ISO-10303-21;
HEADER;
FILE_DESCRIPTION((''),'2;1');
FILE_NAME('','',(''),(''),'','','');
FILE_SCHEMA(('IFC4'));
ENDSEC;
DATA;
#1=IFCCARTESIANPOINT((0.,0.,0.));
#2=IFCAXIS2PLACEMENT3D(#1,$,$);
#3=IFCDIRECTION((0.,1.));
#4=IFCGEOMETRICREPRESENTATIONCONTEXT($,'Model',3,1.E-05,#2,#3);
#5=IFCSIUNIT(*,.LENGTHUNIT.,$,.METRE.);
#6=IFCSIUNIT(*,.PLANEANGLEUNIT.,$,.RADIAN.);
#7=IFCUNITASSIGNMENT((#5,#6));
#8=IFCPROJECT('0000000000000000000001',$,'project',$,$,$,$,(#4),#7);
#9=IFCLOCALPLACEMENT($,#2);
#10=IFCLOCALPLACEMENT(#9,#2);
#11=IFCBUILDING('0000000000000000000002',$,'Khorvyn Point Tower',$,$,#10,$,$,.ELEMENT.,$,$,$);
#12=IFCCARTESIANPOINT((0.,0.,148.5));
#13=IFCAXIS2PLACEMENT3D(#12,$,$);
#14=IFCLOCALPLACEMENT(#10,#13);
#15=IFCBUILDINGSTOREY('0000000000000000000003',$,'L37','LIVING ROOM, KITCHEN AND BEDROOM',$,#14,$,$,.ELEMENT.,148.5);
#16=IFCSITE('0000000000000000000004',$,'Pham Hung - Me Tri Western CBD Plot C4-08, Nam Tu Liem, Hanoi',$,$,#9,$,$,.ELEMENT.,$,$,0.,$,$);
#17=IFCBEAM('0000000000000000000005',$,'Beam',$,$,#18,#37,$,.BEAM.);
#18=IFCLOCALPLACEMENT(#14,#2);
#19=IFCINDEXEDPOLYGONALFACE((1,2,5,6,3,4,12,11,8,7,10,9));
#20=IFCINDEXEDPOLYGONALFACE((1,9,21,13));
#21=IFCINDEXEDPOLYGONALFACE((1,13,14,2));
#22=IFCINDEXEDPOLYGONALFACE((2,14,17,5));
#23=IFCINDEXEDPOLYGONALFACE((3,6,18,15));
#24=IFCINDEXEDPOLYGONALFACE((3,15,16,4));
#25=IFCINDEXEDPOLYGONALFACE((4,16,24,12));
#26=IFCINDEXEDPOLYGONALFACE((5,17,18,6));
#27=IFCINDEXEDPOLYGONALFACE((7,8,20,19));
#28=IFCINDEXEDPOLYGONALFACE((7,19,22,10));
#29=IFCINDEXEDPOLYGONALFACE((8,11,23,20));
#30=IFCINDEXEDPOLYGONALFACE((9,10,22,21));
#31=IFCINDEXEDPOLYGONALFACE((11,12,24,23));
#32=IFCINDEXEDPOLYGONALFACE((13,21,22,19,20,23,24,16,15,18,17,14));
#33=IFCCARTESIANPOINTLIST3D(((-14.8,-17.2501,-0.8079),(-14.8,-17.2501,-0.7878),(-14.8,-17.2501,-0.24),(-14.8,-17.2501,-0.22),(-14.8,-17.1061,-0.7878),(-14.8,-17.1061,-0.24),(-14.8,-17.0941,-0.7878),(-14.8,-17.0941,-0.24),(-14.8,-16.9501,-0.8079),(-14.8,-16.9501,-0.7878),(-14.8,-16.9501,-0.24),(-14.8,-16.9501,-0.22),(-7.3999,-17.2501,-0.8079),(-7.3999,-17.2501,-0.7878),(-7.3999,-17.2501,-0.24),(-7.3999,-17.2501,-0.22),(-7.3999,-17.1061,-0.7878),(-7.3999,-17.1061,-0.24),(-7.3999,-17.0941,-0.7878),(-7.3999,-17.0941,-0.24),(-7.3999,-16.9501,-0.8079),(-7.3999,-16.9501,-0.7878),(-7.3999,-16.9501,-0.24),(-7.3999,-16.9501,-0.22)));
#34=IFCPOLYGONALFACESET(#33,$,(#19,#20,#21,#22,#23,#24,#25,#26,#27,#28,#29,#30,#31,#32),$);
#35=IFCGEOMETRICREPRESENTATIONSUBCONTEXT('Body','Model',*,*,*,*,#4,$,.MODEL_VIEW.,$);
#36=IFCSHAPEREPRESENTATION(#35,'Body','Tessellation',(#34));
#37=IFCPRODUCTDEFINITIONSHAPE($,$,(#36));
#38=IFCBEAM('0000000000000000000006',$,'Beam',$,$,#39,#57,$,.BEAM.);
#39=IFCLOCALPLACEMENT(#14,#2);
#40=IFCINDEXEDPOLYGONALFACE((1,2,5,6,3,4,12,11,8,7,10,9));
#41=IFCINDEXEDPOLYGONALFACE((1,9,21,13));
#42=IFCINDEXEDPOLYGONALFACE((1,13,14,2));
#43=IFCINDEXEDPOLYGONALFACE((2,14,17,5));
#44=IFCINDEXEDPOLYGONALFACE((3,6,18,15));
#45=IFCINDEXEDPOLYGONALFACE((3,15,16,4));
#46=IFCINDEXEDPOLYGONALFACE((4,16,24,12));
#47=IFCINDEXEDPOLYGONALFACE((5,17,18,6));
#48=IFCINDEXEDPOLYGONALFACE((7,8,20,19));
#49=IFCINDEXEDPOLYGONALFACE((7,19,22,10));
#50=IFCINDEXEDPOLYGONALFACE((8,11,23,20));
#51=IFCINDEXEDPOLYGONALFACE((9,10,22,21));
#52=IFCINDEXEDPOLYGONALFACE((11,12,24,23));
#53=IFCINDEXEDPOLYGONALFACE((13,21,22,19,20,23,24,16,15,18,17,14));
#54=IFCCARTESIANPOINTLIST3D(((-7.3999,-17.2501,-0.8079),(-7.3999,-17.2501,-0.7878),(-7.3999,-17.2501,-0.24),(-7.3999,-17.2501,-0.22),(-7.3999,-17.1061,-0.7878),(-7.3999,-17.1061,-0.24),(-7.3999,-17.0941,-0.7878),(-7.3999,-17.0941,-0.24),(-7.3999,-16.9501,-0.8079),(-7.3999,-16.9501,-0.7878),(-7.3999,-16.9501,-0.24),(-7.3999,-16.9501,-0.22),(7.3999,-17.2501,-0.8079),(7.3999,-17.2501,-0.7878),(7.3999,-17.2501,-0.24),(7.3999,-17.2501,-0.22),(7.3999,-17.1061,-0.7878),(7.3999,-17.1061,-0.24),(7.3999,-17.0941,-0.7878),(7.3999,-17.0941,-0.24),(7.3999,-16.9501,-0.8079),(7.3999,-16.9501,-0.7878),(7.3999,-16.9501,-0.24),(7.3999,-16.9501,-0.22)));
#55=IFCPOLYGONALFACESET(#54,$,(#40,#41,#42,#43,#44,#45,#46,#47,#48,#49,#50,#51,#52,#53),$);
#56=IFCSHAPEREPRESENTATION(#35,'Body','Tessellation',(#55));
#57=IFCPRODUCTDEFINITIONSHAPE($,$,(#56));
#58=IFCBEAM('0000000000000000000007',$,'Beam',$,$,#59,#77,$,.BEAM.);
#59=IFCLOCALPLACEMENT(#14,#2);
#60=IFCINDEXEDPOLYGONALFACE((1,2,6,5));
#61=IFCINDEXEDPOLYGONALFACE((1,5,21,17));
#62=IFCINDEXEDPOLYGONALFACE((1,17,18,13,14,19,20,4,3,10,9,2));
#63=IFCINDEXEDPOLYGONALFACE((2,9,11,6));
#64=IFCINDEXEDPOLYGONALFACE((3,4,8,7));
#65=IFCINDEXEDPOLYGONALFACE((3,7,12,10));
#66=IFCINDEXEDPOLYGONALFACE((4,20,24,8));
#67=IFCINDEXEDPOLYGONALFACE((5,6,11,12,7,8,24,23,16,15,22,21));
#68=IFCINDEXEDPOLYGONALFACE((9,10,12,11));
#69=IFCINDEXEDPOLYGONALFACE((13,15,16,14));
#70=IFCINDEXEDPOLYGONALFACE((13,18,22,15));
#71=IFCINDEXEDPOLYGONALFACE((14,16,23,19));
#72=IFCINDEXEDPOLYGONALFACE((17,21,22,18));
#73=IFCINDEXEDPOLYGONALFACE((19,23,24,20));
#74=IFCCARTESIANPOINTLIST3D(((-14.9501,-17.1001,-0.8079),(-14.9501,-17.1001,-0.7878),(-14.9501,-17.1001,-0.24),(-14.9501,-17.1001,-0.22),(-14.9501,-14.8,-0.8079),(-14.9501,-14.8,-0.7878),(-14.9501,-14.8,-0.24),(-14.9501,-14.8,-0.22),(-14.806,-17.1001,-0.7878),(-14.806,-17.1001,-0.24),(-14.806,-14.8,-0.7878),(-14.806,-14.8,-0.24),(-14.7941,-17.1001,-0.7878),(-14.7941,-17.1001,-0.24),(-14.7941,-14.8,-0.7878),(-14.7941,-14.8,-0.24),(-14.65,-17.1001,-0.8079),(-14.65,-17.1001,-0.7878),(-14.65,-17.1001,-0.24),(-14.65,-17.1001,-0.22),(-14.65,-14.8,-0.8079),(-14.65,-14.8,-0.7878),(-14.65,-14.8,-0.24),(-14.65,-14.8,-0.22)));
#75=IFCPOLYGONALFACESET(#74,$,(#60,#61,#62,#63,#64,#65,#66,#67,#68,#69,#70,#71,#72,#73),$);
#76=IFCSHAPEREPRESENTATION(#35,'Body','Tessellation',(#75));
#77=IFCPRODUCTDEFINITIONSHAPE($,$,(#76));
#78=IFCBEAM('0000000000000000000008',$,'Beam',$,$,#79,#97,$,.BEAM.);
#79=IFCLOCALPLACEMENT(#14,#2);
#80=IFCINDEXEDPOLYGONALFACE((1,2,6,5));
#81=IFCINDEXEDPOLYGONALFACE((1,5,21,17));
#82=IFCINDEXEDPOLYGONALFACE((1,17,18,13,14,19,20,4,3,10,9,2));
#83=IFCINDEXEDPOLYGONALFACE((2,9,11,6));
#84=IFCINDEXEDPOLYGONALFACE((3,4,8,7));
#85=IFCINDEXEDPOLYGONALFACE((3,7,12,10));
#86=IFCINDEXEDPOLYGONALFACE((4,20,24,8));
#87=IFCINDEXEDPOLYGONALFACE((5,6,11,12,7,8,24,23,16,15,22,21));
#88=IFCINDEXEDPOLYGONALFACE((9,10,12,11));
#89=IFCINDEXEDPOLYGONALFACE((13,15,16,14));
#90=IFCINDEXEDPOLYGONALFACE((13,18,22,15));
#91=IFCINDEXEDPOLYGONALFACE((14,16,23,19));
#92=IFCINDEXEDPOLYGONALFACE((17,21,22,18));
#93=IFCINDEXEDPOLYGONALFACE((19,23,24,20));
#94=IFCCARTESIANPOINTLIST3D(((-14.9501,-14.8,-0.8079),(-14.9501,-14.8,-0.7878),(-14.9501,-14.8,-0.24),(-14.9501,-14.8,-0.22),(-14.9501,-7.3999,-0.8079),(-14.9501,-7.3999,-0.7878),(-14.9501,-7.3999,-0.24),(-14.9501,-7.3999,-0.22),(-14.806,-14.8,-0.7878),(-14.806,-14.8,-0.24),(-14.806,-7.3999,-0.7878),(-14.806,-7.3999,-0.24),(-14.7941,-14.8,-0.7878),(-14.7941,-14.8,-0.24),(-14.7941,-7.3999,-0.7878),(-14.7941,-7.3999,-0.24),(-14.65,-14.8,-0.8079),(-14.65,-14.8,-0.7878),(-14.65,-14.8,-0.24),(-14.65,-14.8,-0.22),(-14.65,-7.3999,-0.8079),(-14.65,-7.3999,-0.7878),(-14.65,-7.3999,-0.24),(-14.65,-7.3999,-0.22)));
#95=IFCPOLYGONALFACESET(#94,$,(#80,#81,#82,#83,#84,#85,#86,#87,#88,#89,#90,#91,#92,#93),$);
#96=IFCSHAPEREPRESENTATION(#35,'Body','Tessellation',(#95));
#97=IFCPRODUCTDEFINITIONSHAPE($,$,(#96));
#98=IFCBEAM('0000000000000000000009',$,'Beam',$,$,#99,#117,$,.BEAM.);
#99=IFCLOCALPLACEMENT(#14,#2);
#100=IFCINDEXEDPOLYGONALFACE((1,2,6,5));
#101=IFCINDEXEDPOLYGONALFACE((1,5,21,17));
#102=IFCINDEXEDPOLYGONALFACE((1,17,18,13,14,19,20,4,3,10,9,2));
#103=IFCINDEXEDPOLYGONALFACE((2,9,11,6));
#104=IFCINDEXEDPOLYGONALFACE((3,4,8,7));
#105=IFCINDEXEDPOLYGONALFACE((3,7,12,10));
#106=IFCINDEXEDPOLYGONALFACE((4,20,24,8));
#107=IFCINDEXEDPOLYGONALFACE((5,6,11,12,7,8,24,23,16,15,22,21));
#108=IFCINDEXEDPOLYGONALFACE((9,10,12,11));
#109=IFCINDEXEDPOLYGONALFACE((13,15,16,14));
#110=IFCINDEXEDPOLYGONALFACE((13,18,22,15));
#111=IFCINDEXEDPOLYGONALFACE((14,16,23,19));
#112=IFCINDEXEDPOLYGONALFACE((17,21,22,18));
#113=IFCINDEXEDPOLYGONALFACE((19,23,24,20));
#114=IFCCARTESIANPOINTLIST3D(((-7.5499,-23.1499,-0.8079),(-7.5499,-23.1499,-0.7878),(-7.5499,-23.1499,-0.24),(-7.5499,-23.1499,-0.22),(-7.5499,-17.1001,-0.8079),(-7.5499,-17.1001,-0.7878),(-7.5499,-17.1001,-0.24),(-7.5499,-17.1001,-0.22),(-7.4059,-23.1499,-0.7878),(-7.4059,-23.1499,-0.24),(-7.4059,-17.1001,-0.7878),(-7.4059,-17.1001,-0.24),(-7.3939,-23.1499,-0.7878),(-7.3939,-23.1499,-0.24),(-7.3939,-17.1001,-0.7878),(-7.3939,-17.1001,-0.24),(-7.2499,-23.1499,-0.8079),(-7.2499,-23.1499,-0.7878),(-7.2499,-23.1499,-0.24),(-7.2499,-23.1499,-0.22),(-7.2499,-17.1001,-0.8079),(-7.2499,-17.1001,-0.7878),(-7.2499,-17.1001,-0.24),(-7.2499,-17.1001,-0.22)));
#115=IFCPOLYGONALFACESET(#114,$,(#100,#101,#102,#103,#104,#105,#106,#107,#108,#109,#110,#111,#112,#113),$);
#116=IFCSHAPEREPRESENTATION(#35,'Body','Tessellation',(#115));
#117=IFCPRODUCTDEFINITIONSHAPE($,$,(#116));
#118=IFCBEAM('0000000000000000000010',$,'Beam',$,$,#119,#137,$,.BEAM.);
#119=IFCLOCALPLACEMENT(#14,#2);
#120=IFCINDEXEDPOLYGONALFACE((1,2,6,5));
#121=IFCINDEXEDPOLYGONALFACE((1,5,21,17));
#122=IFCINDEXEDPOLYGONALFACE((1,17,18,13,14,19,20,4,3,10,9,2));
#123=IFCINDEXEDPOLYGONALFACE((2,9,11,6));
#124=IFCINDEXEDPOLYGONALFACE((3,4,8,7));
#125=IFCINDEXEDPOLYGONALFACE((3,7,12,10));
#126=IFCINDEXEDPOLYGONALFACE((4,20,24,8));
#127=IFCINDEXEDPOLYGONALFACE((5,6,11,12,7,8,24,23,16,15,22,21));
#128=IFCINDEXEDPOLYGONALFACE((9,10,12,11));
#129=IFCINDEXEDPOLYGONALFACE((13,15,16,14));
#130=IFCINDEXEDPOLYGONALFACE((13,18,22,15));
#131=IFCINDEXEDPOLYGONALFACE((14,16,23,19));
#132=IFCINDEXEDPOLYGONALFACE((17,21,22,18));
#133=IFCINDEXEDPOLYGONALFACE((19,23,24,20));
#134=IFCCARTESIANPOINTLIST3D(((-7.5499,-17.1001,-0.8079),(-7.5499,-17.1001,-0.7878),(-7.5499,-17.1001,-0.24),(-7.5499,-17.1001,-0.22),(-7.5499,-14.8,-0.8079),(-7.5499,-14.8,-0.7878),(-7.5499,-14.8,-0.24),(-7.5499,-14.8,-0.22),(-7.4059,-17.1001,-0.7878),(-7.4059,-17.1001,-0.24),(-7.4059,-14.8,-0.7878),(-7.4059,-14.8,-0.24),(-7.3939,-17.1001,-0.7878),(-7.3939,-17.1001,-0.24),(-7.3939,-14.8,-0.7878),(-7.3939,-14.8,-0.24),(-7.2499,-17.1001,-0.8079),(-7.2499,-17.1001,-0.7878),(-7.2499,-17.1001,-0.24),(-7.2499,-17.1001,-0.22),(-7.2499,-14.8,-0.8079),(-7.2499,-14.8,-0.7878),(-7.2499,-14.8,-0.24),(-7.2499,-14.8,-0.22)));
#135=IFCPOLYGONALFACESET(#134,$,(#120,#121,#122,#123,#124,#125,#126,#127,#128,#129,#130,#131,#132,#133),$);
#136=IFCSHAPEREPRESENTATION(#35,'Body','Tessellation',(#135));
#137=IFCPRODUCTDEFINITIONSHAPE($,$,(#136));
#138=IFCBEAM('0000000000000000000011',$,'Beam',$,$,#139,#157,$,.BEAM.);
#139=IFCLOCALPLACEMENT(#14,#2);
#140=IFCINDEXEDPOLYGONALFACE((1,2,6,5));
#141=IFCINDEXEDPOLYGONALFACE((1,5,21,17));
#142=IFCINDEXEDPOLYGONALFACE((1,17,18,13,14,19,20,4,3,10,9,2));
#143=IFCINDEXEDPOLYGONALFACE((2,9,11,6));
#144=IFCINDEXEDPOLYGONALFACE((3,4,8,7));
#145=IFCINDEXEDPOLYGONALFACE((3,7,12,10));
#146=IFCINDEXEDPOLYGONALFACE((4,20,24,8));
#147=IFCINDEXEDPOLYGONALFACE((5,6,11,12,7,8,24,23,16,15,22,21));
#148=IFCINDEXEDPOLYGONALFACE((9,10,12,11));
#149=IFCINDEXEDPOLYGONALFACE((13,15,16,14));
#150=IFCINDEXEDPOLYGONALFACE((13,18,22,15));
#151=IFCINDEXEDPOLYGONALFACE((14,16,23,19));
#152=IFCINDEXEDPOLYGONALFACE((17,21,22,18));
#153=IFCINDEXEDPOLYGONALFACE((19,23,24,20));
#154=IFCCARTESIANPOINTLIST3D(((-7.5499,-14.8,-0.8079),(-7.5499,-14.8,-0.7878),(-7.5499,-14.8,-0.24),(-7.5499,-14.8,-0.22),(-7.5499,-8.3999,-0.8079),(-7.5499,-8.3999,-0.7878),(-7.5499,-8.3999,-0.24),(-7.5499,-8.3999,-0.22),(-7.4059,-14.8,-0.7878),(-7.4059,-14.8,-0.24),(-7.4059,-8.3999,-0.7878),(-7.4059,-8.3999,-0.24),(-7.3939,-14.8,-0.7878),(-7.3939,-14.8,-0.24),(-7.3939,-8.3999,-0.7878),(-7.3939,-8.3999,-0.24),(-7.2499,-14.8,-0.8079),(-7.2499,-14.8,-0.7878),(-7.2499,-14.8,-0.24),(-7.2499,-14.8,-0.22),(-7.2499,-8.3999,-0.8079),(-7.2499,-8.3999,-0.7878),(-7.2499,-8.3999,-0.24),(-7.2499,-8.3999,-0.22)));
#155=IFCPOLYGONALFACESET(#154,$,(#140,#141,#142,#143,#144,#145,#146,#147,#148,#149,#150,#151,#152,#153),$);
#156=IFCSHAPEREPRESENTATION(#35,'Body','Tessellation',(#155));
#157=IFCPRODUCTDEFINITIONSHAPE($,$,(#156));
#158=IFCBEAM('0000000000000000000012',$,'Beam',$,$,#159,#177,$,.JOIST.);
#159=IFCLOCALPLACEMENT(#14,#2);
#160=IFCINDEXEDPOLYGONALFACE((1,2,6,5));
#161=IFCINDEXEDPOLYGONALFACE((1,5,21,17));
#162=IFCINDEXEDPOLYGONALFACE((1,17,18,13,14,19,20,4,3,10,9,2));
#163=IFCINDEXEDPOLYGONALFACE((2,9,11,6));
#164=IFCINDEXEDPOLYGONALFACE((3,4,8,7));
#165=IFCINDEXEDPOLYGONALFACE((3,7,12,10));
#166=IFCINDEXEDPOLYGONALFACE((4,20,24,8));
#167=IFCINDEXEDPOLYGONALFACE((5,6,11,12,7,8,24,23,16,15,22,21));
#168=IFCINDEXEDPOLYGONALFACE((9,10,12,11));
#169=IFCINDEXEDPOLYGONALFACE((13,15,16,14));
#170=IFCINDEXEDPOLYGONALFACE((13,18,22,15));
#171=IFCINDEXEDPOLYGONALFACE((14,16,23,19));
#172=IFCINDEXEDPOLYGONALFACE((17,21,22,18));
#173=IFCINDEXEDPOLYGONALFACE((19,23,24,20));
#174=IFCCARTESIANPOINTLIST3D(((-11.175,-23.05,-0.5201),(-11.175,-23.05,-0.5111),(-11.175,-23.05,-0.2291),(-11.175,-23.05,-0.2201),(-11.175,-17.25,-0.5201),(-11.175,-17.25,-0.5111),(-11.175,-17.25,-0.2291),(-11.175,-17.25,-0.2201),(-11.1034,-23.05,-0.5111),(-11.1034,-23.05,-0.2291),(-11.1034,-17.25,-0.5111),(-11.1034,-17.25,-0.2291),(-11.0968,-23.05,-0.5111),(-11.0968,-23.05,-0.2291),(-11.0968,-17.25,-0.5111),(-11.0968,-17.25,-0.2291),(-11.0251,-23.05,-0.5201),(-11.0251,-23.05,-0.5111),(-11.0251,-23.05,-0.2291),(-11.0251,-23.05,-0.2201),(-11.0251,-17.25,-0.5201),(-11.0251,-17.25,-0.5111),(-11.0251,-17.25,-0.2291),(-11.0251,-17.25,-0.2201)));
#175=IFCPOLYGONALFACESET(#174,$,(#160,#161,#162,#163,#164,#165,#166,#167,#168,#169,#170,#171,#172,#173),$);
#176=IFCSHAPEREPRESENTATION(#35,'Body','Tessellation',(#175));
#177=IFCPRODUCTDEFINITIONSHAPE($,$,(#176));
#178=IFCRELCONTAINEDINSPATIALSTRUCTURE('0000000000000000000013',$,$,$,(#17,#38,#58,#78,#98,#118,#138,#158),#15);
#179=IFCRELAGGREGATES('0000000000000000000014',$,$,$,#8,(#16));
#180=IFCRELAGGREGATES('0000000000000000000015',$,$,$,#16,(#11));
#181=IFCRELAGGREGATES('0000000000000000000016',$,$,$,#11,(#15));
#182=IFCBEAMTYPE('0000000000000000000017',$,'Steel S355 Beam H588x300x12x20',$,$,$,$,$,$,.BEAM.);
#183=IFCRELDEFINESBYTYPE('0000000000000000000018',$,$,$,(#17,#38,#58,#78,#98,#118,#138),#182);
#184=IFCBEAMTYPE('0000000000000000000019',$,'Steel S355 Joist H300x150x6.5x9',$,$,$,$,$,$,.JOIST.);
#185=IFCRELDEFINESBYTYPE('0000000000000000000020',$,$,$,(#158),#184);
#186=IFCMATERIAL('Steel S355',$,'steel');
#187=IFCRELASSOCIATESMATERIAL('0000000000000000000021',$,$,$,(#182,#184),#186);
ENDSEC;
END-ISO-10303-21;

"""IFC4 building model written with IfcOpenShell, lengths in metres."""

from ifc_helpers import new_model, si_unit, direction, frame, origin, origin_2d, place, context, subcontext, project, spatial, i_section, extrude, material, material_profile, profile_set, type_object, element, save


model = new_model("IFC4")

# Units and contexts
model_context = context("Model", 3, precision=1e-05, world=origin(), true_north=direction((0.0, 1.0)))
body_context = subcontext(model_context, "Body", "Model", "MODEL_VIEW")
ifc_project = project(units=[si_unit("LENGTHUNIT", "METRE"), si_unit("PLANEANGLEUNIT", "RADIAN")], contexts=[model_context])

# Site, building, storey
site_placement = place(None, origin())
site = spatial("IfcSite", under=ifc_project, at=site_placement, Name="Pham Hung - Me Tri Western CBD Plot C4-08, Nam Tu Liem, Hanoi", CompositionType="ELEMENT", RefElevation=0.0)
building_placement = place(site_placement, origin())
building = spatial("IfcBuilding", under=site, at=building_placement, Name="Khorvyn Point Tower", CompositionType="ELEMENT")
storey_placement = place(building_placement, frame((0.0, 0.0, 148.5)))
storey = spatial("IfcBuildingStorey", under=building, at=storey_placement, Name="L37", Description="LIVING ROOM, KITCHEN AND BEDROOM", CompositionType="ELEMENT", Elevation=148.5)

# Beams
ifc_material_1 = material(Name="Steel S355", Category="steel")
ifc_material_profile_1 = material_profile(ifc_material_1, i_section(OverallWidth=0.3, OverallDepth=0.5879, WebThickness=0.012, FlangeThickness=0.02, at=origin_2d()))
ifc_profile_set_1 = profile_set([ifc_material_profile_1], Name="Steel S355 H588x300x12x20")
beam_type_1 = type_object("IfcBeamType", Name="Steel S355 Beam H588x300x12x20", PredefinedType="BEAM", material=ifc_profile_set_1)
beam_1_placement = place(storey_placement, frame((-14.8, -17.1001, -0.5139), z_axis=(1.0, 0.0, 0.0), x_axis=(0.0, 1.0, 0.0)))
element("IfcBeam", 1, at=beam_1_placement, inside=storey, type_object=beam_type_1, Name="Beam", PredefinedType="BEAM", context=body_context, shape_type="SweptSolid", body=[
    extrude(i_section(OverallWidth=0.3, OverallDepth=0.5879, WebThickness=0.012, FlangeThickness=0.02, at=origin_2d()), origin(), (0.0, 0.0, 1.0), 7.4001),
])
beam_2_placement = place(storey_placement, frame((-7.3999, -17.1001, -0.5139), z_axis=(1.0, 0.0, 0.0), x_axis=(0.0, 1.0, 0.0)))
element("IfcBeam", 2, at=beam_2_placement, inside=storey, type_object=beam_type_1, Name="Beam", PredefinedType="BEAM", context=body_context, shape_type="SweptSolid", body=[
    extrude(i_section(OverallWidth=0.3, OverallDepth=0.5879, WebThickness=0.012, FlangeThickness=0.02, at=origin_2d()), origin(), (0.0, 0.0, 1.0), 14.7998),
])
beam_3_placement = place(storey_placement, frame((-14.8, -17.1001, -0.5139), z_axis=(0.0, 1.0, 0.0), x_axis=(-1.0, 0.0, 0.0)))
element("IfcBeam", 3, at=beam_3_placement, inside=storey, type_object=beam_type_1, Name="Beam", PredefinedType="BEAM", context=body_context, shape_type="SweptSolid", body=[
    extrude(i_section(OverallWidth=0.3, OverallDepth=0.5879, WebThickness=0.012, FlangeThickness=0.02, at=origin_2d()), origin(), (0.0, 0.0, 1.0), 2.3),
])
beam_4_placement = place(storey_placement, frame((-14.8, -14.8, -0.5139), z_axis=(0.0, 1.0, 0.0), x_axis=(-1.0, 0.0, 0.0)))
element("IfcBeam", 4, at=beam_4_placement, inside=storey, type_object=beam_type_1, Name="Beam", PredefinedType="BEAM", context=body_context, shape_type="SweptSolid", body=[
    extrude(i_section(OverallWidth=0.3, OverallDepth=0.5879, WebThickness=0.012, FlangeThickness=0.02, at=origin_2d()), origin(), (0.0, 0.0, 1.0), 7.4001),
])
beam_5_placement = place(storey_placement, frame((-7.3999, -23.1499, -0.5139), z_axis=(0.0, 1.0, 0.0), x_axis=(-1.0, 0.0, 0.0)))
element("IfcBeam", 5, at=beam_5_placement, inside=storey, type_object=beam_type_1, Name="Beam", PredefinedType="BEAM", context=body_context, shape_type="SweptSolid", body=[
    extrude(i_section(OverallWidth=0.3, OverallDepth=0.5879, WebThickness=0.012, FlangeThickness=0.02, at=origin_2d()), origin(), (0.0, 0.0, 1.0), 6.0498),
])
beam_6_placement = place(storey_placement, frame((-7.3999, -17.1001, -0.5139), z_axis=(0.0, 1.0, 0.0), x_axis=(-1.0, 0.0, 0.0)))
element("IfcBeam", 6, at=beam_6_placement, inside=storey, type_object=beam_type_1, Name="Beam", PredefinedType="BEAM", context=body_context, shape_type="SweptSolid", body=[
    extrude(i_section(OverallWidth=0.3, OverallDepth=0.5879, WebThickness=0.012, FlangeThickness=0.02, at=origin_2d()), origin(), (0.0, 0.0, 1.0), 2.3),
])
beam_7_placement = place(storey_placement, frame((-7.3999, -14.8, -0.5139), z_axis=(0.0, 1.0, 0.0), x_axis=(-1.0, 0.0, 0.0)))
element("IfcBeam", 7, at=beam_7_placement, inside=storey, type_object=beam_type_1, Name="Beam", PredefinedType="BEAM", context=body_context, shape_type="SweptSolid", body=[
    extrude(i_section(OverallWidth=0.3, OverallDepth=0.5879, WebThickness=0.012, FlangeThickness=0.02, at=origin_2d()), origin(), (0.0, 0.0, 1.0), 6.4001),
])
ifc_material_profile_2 = material_profile(ifc_material_1, i_section(OverallWidth=0.1499, OverallDepth=0.3, WebThickness=0.0066, FlangeThickness=0.009, at=origin_2d()))
ifc_profile_set_2 = profile_set([ifc_material_profile_2], Name="Steel S355 H300x150x6.5x9")
beam_type_2 = type_object("IfcBeamType", Name="Steel S355 Joist H300x150x6.5x9", PredefinedType="JOIST", material=ifc_profile_set_2)
beam_8_placement = place(storey_placement, frame((-11.1001, -23.05, -0.3701), z_axis=(0.0, 1.0, 0.0), x_axis=(-1.0, 0.0, 0.0)))
element("IfcBeam", 8, at=beam_8_placement, inside=storey, type_object=beam_type_2, Name="Beam", PredefinedType="JOIST", context=body_context, shape_type="SweptSolid", body=[
    extrude(i_section(OverallWidth=0.1499, OverallDepth=0.3, WebThickness=0.0066, FlangeThickness=0.009, at=origin_2d()), origin(), (0.0, 0.0, 1.0), 5.8),
])

save(model, "model.ifc")
